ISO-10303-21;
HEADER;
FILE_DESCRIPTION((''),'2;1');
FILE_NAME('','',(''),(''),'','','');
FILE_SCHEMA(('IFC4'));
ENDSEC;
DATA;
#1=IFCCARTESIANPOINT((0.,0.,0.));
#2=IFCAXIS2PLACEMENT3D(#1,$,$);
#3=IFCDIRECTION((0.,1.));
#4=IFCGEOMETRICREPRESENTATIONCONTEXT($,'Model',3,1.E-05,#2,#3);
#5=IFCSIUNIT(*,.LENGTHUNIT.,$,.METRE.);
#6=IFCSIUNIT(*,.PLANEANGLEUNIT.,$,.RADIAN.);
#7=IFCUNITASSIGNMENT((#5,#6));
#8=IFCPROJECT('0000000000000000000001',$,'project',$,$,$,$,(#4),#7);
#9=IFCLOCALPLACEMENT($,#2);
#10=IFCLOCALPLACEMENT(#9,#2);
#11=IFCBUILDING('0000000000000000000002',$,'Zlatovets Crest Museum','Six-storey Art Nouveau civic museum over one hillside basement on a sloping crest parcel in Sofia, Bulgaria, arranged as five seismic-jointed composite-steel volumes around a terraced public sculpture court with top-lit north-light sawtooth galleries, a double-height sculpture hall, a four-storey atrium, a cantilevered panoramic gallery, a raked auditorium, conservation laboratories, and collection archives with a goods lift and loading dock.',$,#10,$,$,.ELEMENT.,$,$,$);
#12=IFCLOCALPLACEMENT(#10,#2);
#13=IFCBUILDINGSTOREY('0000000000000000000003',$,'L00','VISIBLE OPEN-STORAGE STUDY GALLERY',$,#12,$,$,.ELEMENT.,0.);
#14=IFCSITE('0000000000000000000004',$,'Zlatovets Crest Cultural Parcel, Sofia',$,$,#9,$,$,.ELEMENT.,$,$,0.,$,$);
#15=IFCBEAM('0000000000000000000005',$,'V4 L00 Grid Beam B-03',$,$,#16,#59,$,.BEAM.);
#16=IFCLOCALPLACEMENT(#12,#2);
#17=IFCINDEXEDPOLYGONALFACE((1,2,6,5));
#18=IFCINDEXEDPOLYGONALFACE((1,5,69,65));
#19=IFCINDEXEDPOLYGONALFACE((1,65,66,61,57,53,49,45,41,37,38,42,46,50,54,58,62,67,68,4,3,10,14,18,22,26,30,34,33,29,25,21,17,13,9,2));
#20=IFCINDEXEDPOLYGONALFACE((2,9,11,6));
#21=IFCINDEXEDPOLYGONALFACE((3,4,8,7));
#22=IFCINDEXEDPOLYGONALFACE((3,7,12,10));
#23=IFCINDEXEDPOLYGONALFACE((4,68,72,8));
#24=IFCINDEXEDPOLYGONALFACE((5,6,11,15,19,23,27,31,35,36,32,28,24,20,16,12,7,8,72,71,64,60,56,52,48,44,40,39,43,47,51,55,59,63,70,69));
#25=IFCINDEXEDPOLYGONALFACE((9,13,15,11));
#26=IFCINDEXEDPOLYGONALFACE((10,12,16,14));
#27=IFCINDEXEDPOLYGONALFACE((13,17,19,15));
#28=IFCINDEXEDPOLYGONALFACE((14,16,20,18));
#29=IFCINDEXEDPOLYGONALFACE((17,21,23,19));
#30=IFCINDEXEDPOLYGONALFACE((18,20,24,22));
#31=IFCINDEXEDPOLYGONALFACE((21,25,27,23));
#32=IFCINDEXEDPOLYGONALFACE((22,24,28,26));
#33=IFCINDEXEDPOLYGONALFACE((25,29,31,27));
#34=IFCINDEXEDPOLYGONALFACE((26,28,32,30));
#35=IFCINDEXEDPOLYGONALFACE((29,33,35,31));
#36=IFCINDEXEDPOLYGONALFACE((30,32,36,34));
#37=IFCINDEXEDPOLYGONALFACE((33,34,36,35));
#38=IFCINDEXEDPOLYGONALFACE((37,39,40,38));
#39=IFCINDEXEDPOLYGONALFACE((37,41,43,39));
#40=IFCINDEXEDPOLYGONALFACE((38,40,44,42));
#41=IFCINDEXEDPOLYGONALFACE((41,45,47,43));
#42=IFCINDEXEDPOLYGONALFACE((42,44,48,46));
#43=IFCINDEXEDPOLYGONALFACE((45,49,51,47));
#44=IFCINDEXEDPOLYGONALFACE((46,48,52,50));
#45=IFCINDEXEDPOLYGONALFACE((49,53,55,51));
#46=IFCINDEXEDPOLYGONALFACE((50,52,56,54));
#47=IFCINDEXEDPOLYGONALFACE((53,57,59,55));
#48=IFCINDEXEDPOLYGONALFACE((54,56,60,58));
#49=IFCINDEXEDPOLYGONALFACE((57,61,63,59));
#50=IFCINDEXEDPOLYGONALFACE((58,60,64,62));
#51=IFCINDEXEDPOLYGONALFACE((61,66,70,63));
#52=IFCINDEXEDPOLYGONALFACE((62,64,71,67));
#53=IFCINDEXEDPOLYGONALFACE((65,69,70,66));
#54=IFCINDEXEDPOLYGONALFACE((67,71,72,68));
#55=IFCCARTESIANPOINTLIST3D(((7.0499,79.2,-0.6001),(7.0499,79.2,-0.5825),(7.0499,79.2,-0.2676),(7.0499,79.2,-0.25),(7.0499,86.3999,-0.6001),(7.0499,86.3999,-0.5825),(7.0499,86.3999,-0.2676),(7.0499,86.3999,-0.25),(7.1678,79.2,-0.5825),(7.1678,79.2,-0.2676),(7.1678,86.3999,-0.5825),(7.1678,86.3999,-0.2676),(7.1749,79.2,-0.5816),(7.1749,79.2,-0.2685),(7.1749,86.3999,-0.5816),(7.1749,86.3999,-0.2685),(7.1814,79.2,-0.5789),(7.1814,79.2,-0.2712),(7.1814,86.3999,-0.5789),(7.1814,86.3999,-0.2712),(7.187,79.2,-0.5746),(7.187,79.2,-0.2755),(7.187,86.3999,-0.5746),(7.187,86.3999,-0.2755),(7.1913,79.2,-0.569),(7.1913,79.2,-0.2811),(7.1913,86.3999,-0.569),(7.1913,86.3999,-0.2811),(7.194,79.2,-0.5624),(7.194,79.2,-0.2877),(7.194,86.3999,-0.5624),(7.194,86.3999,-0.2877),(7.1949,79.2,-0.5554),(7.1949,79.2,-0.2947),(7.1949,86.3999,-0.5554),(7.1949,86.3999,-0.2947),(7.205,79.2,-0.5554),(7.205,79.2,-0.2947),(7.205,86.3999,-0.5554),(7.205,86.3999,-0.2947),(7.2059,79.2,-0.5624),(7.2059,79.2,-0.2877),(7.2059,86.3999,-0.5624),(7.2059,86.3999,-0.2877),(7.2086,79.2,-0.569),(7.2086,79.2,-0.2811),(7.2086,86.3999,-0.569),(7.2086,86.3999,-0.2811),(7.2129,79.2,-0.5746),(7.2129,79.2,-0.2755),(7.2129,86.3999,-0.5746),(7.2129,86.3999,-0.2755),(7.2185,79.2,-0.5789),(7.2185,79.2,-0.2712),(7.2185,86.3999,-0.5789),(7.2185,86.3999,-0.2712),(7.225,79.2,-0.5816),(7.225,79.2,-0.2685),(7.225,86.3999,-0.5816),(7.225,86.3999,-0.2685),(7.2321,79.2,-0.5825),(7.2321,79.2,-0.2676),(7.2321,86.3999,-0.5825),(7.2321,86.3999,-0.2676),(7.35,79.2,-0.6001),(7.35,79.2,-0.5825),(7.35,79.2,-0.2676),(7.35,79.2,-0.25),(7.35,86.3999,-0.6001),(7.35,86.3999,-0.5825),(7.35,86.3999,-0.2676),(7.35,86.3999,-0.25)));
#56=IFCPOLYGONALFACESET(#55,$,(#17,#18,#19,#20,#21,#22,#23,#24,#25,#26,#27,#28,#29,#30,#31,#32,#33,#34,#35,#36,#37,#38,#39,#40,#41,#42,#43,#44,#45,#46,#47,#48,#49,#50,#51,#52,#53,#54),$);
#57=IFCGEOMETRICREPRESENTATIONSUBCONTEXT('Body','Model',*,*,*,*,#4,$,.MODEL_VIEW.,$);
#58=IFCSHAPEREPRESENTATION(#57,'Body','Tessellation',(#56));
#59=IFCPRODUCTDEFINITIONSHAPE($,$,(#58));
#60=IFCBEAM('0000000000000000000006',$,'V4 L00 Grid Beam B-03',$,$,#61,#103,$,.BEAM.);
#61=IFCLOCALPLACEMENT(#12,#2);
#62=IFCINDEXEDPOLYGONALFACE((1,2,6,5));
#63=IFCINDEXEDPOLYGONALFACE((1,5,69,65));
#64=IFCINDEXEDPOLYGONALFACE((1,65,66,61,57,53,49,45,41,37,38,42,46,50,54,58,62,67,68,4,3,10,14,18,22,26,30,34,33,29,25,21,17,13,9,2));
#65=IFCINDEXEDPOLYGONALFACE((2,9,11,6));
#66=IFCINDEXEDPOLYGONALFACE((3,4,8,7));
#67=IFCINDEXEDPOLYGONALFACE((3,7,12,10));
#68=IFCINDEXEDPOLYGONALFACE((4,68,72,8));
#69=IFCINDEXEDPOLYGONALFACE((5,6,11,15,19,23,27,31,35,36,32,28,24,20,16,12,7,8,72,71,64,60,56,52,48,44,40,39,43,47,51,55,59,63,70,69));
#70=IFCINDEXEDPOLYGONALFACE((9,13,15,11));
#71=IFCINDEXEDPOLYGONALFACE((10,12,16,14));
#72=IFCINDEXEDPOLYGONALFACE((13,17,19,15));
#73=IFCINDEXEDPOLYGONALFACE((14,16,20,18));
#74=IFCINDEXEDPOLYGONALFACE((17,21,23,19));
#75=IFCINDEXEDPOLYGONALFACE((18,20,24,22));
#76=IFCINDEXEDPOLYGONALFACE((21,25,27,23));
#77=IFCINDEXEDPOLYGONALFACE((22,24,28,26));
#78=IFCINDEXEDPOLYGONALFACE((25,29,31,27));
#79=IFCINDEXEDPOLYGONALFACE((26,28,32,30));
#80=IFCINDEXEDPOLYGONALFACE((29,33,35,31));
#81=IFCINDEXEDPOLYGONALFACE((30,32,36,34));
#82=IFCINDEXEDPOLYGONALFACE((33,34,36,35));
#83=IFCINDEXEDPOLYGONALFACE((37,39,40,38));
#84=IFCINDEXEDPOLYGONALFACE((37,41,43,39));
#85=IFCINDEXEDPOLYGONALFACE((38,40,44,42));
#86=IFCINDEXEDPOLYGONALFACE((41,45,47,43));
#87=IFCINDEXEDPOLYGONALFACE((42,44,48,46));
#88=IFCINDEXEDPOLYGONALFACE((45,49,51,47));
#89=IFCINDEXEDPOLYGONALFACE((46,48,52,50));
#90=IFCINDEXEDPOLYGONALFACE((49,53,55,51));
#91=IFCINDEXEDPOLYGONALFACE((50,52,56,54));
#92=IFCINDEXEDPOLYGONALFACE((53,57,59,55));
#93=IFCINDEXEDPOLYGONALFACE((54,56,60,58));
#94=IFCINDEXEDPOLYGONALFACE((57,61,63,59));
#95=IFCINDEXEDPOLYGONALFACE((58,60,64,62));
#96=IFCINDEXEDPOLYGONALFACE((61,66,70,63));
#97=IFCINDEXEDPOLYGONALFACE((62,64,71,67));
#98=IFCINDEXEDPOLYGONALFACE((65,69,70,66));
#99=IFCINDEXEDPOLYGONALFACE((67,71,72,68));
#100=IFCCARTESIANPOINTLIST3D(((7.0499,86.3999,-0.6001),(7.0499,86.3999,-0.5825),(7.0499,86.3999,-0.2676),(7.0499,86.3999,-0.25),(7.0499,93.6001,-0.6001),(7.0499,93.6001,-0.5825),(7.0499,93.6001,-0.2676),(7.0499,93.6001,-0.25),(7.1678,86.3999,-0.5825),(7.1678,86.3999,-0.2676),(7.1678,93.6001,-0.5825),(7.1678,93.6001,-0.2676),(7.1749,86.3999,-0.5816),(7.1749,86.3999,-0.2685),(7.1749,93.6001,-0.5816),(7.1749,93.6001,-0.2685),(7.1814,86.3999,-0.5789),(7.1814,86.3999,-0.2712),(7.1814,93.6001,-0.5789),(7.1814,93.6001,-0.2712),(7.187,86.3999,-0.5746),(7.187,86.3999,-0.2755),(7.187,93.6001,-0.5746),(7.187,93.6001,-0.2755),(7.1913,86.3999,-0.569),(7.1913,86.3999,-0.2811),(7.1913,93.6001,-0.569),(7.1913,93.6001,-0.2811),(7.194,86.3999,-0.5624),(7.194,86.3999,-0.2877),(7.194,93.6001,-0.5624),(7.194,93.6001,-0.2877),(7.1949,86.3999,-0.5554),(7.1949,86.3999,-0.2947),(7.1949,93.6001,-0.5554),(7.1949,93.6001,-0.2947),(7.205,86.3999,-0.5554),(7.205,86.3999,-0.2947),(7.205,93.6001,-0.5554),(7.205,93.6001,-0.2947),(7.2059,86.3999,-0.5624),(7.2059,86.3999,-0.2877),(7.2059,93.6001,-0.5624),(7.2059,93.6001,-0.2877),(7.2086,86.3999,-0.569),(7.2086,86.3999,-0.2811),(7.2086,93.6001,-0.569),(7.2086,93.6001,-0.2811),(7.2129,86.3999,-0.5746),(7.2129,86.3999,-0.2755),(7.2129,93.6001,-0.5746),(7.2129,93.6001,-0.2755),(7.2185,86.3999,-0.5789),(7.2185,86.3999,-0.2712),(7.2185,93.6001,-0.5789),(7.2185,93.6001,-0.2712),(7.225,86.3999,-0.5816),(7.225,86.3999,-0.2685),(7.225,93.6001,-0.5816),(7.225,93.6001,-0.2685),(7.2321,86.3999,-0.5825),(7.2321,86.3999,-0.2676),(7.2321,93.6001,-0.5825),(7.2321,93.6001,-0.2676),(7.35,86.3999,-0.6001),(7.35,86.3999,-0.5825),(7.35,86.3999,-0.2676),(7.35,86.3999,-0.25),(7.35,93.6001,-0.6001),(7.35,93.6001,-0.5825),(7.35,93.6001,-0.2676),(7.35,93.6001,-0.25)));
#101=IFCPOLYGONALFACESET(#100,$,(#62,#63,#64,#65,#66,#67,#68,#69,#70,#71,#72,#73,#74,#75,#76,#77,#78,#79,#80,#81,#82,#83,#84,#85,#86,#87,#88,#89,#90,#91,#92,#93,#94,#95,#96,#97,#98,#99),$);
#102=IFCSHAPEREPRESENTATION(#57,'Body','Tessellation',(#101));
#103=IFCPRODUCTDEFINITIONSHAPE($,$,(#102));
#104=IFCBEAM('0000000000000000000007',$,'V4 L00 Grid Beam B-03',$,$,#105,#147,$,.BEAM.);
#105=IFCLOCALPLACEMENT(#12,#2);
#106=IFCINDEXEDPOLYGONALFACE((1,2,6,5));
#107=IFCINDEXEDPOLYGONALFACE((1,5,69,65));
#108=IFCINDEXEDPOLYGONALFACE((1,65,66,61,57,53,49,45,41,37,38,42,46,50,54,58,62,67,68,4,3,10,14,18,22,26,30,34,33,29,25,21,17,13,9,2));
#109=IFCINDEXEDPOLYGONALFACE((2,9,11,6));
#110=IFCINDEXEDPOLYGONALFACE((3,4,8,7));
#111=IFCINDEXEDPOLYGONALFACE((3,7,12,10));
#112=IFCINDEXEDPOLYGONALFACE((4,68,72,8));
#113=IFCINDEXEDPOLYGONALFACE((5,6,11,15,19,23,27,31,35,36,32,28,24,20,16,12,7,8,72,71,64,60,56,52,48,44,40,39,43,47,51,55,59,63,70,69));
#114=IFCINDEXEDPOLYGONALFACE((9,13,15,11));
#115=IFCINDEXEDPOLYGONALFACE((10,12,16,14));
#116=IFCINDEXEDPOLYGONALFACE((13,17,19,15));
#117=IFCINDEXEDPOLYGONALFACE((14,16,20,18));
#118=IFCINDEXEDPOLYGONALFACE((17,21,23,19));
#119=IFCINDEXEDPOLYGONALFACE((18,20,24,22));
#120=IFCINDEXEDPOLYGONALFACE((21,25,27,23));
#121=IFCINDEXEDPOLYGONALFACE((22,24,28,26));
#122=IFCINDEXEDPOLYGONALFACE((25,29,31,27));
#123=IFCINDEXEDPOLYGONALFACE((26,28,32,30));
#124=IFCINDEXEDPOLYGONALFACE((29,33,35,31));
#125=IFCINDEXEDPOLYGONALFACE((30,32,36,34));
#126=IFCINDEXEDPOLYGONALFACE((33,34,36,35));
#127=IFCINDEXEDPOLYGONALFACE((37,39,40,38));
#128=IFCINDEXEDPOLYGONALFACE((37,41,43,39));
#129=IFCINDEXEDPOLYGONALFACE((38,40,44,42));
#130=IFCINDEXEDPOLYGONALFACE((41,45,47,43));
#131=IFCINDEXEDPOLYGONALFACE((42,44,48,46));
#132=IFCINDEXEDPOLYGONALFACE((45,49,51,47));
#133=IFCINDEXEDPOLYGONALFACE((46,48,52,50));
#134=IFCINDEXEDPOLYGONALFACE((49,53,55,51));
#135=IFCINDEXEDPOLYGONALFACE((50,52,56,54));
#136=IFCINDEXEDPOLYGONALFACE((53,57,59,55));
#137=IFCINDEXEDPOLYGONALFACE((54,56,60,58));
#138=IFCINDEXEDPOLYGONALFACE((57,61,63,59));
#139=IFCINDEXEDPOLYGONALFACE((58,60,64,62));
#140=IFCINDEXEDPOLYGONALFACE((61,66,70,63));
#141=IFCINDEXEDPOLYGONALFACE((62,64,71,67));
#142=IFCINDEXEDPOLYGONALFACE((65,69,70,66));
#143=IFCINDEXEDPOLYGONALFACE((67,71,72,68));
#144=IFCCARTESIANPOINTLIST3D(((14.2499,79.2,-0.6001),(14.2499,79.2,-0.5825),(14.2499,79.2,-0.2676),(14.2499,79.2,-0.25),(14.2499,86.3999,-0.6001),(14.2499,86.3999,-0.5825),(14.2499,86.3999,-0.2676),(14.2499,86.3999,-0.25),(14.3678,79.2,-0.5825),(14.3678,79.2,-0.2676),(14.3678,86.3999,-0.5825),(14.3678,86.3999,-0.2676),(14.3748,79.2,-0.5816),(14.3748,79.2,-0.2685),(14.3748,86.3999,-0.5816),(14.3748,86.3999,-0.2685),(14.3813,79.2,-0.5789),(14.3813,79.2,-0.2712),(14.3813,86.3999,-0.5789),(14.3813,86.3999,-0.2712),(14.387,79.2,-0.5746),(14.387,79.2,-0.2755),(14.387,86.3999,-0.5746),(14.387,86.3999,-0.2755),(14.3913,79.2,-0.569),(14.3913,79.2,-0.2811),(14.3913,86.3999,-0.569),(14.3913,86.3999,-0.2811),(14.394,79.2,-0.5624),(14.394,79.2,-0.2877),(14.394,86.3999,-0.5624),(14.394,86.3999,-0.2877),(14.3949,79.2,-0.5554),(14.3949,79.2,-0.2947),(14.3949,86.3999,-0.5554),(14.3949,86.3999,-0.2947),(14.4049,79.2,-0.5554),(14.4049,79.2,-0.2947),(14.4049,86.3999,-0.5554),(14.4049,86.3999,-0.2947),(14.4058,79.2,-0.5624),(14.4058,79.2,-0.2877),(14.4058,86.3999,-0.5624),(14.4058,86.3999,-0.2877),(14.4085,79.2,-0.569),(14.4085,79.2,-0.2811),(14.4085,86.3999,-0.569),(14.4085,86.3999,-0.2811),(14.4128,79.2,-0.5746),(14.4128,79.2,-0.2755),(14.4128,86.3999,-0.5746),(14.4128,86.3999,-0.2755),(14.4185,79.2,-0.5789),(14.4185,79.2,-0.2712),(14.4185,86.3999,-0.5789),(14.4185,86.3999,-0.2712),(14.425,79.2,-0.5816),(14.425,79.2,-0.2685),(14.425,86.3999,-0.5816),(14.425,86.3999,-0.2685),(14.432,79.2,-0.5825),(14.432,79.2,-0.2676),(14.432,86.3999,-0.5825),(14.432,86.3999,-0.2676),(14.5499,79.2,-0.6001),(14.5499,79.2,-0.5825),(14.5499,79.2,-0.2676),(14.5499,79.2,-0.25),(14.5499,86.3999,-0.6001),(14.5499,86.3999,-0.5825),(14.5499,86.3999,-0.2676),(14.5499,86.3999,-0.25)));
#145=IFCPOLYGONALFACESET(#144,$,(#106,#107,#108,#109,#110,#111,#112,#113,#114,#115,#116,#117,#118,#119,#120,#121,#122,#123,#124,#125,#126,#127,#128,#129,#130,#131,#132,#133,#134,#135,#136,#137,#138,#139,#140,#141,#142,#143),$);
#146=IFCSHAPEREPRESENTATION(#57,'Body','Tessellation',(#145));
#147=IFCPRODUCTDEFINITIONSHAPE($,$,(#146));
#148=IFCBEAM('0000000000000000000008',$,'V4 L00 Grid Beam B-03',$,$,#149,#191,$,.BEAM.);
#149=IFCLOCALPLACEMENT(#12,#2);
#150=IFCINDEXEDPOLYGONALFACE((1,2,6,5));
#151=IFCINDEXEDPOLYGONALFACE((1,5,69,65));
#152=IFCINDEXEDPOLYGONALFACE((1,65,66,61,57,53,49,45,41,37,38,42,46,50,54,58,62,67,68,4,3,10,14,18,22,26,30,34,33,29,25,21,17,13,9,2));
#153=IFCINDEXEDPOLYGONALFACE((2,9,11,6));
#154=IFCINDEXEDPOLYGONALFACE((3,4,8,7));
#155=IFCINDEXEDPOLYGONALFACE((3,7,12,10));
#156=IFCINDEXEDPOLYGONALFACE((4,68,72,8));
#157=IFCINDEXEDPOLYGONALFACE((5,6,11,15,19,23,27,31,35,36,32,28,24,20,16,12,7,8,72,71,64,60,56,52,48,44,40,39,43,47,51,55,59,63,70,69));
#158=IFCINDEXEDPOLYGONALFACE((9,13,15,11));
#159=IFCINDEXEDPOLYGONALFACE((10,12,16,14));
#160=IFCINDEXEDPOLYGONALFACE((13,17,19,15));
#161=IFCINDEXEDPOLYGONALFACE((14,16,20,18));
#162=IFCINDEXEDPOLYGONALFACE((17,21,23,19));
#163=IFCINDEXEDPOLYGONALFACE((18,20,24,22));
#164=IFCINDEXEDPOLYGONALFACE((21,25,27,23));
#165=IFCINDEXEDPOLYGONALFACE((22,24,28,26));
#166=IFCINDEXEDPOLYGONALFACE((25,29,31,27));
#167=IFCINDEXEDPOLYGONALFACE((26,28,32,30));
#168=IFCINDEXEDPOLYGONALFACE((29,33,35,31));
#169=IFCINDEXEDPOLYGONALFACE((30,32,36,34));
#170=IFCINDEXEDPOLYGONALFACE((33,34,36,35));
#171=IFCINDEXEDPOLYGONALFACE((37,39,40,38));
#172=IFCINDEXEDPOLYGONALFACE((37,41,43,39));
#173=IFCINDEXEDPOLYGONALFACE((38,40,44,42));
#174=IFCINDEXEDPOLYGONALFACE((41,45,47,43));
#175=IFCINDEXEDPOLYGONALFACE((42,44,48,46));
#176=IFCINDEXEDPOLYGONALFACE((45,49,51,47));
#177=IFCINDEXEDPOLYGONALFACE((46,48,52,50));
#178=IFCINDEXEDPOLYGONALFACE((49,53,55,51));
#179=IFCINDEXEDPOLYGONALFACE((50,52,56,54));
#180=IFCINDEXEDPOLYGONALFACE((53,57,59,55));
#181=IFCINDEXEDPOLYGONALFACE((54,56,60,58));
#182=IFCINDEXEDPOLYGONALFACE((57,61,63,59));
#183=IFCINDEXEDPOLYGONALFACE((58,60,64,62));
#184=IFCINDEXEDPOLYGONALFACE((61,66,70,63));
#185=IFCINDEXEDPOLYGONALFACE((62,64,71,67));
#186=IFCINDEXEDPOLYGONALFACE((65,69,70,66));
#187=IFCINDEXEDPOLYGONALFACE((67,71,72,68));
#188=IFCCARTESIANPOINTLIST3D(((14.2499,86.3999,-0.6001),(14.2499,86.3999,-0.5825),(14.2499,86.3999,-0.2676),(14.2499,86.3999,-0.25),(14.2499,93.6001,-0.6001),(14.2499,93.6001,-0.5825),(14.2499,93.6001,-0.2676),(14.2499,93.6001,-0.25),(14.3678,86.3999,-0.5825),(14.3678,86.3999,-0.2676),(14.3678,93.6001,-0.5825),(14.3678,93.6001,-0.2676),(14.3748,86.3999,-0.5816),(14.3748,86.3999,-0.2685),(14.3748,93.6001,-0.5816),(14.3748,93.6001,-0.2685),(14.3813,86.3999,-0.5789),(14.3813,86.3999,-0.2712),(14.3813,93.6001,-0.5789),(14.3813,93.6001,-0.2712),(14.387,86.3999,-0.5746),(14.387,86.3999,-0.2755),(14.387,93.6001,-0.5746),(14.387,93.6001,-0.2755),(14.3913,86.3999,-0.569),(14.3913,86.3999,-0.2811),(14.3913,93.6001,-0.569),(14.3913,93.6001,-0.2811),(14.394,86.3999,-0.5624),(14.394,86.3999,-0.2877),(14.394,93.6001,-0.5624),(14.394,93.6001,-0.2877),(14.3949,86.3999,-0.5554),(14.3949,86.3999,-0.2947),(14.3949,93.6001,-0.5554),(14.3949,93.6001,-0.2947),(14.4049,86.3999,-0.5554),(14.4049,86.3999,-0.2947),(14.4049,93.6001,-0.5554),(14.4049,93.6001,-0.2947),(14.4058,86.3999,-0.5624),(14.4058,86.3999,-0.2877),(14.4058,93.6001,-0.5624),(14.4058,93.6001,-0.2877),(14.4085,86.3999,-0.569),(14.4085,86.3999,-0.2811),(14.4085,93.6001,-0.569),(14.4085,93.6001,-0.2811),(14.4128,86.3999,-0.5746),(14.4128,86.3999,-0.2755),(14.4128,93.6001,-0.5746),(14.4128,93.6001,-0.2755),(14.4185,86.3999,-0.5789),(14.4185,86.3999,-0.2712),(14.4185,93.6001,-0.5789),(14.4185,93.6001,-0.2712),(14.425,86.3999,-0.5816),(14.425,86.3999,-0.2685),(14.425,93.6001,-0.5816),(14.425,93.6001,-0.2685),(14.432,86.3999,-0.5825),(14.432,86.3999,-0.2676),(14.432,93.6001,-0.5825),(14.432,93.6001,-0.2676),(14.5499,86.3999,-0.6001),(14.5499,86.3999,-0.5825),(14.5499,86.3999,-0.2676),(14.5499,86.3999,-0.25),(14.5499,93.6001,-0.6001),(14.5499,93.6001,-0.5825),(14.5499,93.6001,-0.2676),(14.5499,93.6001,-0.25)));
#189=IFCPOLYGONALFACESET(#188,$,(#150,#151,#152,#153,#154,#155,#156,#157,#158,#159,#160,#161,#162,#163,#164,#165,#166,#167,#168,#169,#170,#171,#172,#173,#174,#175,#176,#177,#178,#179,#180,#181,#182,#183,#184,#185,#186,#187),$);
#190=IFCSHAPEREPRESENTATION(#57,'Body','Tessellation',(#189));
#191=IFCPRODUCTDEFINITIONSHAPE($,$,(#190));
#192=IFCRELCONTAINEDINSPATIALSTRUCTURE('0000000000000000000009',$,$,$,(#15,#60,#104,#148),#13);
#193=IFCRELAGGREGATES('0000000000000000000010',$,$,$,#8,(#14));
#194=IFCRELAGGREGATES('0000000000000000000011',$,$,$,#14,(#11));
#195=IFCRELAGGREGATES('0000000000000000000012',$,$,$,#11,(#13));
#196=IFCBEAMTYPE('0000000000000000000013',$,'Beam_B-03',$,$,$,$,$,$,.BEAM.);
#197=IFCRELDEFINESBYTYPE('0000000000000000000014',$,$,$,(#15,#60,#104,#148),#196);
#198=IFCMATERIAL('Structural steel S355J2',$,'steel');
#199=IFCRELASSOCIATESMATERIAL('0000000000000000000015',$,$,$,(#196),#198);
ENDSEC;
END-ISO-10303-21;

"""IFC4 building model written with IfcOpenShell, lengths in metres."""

from ifc_helpers import new_model, si_unit, direction, frame, origin, origin_2d, place, context, subcontext, project, spatial, i_section, extrude, material, material_profile, profile_set, type_object, element, save


model = new_model("IFC4")

# Units and contexts
model_context = context("Model", 3, precision=1e-05, world=origin(), true_north=direction((0.0, 1.0)))
body_context = subcontext(model_context, "Body", "Model", "MODEL_VIEW")
ifc_project = project(units=[si_unit("LENGTHUNIT", "METRE"), si_unit("PLANEANGLEUNIT", "RADIAN")], contexts=[model_context])

# Site, building, storey
site_placement = place(None, origin())
site = spatial("IfcSite", under=ifc_project, at=site_placement, Name="Zlatovets Crest Cultural Parcel, Sofia", CompositionType="ELEMENT", RefElevation=0.0)
building_placement = place(site_placement, origin())
building = spatial("IfcBuilding", under=site, at=building_placement, Name="Zlatovets Crest Museum", Description="Six-storey Art Nouveau civic museum over one hillside basement on a sloping crest parcel in Sofia, Bulgaria, arranged as five seismic-jointed composite-steel volumes around a terraced public sculpture court with top-lit north-light sawtooth galleries, a double-height sculpture hall, a four-storey atrium, a cantilevered panoramic gallery, a raked auditorium, conservation laboratories, and collection archives with a goods lift and loading dock.", CompositionType="ELEMENT")
storey_placement = place(building_placement, origin())
storey = spatial("IfcBuildingStorey", under=building, at=storey_placement, Name="L00", Description="VISIBLE OPEN-STORAGE STUDY GALLERY", CompositionType="ELEMENT", Elevation=0.0)

# Shared definitions
ifc_material_1 = material(Name="Structural steel S355J2", Category="steel")

# Beams
ifc_material_profile_1 = material_profile(ifc_material_1, i_section(OverallWidth=0.3, OverallDepth=0.3501, WebThickness=0.01, FlangeThickness=0.0176, FilletRadius=0.0271, at=origin_2d()), Name="HEA 360")
ifc_profile_set_1 = profile_set([ifc_material_profile_1], Name="Structural steel S355J2")
beam_type_1 = type_object("IfcBeamType", Name="Beam_B-03", PredefinedType="BEAM", material=ifc_profile_set_1)
beam_1_placement = place(storey_placement, frame((7.2, 79.2, -0.425), z_axis=(0.0, 1.0, 0.0), x_axis=(-1.0, 0.0, 0.0)))
element("IfcBeam", 1, at=beam_1_placement, inside=storey, type_object=beam_type_1, Name="V4 L00 Grid Beam B-03", PredefinedType="BEAM", context=body_context, shape_type="SweptSolid", body=[
    extrude(i_section(OverallWidth=0.3, OverallDepth=0.3501, WebThickness=0.01, FlangeThickness=0.0176, FilletRadius=0.0271, at=origin_2d()), origin(), (0.0, 0.0, 1.0), 7.2),
])
beam_2_placement = place(storey_placement, frame((7.2, 86.3999, -0.425), z_axis=(0.0, 1.0, 0.0), x_axis=(-1.0, 0.0, 0.0)))
element("IfcBeam", 2, at=beam_2_placement, inside=storey, type_object=beam_type_1, Name="V4 L00 Grid Beam B-03", PredefinedType="BEAM", context=body_context, shape_type="SweptSolid", body=[
    extrude(i_section(OverallWidth=0.3, OverallDepth=0.3501, WebThickness=0.01, FlangeThickness=0.0176, FilletRadius=0.0271, at=origin_2d()), origin(), (0.0, 0.0, 1.0), 7.2002),
])
beam_3_placement = place(storey_placement, frame((14.3999, 79.2, -0.425), z_axis=(0.0, 1.0, 0.0), x_axis=(-1.0, 0.0, 0.0)))
element("IfcBeam", 3, at=beam_3_placement, inside=storey, type_object=beam_type_1, Name="V4 L00 Grid Beam B-03", PredefinedType="BEAM", context=body_context, shape_type="SweptSolid", body=[
    extrude(i_section(OverallWidth=0.3, OverallDepth=0.3501, WebThickness=0.01, FlangeThickness=0.0176, FilletRadius=0.0271, at=origin_2d()), origin(), (0.0, 0.0, 1.0), 7.2),
])
beam_4_placement = place(storey_placement, frame((14.3999, 86.3999, -0.425), z_axis=(0.0, 1.0, 0.0), x_axis=(-1.0, 0.0, 0.0)))
element("IfcBeam", 4, at=beam_4_placement, inside=storey, type_object=beam_type_1, Name="V4 L00 Grid Beam B-03", PredefinedType="BEAM", context=body_context, shape_type="SweptSolid", body=[
    extrude(i_section(OverallWidth=0.3, OverallDepth=0.3501, WebThickness=0.01, FlangeThickness=0.0176, FilletRadius=0.0271, at=origin_2d()), origin(), (0.0, 0.0, 1.0), 7.2002),
])

save(model, "model.ifc")
